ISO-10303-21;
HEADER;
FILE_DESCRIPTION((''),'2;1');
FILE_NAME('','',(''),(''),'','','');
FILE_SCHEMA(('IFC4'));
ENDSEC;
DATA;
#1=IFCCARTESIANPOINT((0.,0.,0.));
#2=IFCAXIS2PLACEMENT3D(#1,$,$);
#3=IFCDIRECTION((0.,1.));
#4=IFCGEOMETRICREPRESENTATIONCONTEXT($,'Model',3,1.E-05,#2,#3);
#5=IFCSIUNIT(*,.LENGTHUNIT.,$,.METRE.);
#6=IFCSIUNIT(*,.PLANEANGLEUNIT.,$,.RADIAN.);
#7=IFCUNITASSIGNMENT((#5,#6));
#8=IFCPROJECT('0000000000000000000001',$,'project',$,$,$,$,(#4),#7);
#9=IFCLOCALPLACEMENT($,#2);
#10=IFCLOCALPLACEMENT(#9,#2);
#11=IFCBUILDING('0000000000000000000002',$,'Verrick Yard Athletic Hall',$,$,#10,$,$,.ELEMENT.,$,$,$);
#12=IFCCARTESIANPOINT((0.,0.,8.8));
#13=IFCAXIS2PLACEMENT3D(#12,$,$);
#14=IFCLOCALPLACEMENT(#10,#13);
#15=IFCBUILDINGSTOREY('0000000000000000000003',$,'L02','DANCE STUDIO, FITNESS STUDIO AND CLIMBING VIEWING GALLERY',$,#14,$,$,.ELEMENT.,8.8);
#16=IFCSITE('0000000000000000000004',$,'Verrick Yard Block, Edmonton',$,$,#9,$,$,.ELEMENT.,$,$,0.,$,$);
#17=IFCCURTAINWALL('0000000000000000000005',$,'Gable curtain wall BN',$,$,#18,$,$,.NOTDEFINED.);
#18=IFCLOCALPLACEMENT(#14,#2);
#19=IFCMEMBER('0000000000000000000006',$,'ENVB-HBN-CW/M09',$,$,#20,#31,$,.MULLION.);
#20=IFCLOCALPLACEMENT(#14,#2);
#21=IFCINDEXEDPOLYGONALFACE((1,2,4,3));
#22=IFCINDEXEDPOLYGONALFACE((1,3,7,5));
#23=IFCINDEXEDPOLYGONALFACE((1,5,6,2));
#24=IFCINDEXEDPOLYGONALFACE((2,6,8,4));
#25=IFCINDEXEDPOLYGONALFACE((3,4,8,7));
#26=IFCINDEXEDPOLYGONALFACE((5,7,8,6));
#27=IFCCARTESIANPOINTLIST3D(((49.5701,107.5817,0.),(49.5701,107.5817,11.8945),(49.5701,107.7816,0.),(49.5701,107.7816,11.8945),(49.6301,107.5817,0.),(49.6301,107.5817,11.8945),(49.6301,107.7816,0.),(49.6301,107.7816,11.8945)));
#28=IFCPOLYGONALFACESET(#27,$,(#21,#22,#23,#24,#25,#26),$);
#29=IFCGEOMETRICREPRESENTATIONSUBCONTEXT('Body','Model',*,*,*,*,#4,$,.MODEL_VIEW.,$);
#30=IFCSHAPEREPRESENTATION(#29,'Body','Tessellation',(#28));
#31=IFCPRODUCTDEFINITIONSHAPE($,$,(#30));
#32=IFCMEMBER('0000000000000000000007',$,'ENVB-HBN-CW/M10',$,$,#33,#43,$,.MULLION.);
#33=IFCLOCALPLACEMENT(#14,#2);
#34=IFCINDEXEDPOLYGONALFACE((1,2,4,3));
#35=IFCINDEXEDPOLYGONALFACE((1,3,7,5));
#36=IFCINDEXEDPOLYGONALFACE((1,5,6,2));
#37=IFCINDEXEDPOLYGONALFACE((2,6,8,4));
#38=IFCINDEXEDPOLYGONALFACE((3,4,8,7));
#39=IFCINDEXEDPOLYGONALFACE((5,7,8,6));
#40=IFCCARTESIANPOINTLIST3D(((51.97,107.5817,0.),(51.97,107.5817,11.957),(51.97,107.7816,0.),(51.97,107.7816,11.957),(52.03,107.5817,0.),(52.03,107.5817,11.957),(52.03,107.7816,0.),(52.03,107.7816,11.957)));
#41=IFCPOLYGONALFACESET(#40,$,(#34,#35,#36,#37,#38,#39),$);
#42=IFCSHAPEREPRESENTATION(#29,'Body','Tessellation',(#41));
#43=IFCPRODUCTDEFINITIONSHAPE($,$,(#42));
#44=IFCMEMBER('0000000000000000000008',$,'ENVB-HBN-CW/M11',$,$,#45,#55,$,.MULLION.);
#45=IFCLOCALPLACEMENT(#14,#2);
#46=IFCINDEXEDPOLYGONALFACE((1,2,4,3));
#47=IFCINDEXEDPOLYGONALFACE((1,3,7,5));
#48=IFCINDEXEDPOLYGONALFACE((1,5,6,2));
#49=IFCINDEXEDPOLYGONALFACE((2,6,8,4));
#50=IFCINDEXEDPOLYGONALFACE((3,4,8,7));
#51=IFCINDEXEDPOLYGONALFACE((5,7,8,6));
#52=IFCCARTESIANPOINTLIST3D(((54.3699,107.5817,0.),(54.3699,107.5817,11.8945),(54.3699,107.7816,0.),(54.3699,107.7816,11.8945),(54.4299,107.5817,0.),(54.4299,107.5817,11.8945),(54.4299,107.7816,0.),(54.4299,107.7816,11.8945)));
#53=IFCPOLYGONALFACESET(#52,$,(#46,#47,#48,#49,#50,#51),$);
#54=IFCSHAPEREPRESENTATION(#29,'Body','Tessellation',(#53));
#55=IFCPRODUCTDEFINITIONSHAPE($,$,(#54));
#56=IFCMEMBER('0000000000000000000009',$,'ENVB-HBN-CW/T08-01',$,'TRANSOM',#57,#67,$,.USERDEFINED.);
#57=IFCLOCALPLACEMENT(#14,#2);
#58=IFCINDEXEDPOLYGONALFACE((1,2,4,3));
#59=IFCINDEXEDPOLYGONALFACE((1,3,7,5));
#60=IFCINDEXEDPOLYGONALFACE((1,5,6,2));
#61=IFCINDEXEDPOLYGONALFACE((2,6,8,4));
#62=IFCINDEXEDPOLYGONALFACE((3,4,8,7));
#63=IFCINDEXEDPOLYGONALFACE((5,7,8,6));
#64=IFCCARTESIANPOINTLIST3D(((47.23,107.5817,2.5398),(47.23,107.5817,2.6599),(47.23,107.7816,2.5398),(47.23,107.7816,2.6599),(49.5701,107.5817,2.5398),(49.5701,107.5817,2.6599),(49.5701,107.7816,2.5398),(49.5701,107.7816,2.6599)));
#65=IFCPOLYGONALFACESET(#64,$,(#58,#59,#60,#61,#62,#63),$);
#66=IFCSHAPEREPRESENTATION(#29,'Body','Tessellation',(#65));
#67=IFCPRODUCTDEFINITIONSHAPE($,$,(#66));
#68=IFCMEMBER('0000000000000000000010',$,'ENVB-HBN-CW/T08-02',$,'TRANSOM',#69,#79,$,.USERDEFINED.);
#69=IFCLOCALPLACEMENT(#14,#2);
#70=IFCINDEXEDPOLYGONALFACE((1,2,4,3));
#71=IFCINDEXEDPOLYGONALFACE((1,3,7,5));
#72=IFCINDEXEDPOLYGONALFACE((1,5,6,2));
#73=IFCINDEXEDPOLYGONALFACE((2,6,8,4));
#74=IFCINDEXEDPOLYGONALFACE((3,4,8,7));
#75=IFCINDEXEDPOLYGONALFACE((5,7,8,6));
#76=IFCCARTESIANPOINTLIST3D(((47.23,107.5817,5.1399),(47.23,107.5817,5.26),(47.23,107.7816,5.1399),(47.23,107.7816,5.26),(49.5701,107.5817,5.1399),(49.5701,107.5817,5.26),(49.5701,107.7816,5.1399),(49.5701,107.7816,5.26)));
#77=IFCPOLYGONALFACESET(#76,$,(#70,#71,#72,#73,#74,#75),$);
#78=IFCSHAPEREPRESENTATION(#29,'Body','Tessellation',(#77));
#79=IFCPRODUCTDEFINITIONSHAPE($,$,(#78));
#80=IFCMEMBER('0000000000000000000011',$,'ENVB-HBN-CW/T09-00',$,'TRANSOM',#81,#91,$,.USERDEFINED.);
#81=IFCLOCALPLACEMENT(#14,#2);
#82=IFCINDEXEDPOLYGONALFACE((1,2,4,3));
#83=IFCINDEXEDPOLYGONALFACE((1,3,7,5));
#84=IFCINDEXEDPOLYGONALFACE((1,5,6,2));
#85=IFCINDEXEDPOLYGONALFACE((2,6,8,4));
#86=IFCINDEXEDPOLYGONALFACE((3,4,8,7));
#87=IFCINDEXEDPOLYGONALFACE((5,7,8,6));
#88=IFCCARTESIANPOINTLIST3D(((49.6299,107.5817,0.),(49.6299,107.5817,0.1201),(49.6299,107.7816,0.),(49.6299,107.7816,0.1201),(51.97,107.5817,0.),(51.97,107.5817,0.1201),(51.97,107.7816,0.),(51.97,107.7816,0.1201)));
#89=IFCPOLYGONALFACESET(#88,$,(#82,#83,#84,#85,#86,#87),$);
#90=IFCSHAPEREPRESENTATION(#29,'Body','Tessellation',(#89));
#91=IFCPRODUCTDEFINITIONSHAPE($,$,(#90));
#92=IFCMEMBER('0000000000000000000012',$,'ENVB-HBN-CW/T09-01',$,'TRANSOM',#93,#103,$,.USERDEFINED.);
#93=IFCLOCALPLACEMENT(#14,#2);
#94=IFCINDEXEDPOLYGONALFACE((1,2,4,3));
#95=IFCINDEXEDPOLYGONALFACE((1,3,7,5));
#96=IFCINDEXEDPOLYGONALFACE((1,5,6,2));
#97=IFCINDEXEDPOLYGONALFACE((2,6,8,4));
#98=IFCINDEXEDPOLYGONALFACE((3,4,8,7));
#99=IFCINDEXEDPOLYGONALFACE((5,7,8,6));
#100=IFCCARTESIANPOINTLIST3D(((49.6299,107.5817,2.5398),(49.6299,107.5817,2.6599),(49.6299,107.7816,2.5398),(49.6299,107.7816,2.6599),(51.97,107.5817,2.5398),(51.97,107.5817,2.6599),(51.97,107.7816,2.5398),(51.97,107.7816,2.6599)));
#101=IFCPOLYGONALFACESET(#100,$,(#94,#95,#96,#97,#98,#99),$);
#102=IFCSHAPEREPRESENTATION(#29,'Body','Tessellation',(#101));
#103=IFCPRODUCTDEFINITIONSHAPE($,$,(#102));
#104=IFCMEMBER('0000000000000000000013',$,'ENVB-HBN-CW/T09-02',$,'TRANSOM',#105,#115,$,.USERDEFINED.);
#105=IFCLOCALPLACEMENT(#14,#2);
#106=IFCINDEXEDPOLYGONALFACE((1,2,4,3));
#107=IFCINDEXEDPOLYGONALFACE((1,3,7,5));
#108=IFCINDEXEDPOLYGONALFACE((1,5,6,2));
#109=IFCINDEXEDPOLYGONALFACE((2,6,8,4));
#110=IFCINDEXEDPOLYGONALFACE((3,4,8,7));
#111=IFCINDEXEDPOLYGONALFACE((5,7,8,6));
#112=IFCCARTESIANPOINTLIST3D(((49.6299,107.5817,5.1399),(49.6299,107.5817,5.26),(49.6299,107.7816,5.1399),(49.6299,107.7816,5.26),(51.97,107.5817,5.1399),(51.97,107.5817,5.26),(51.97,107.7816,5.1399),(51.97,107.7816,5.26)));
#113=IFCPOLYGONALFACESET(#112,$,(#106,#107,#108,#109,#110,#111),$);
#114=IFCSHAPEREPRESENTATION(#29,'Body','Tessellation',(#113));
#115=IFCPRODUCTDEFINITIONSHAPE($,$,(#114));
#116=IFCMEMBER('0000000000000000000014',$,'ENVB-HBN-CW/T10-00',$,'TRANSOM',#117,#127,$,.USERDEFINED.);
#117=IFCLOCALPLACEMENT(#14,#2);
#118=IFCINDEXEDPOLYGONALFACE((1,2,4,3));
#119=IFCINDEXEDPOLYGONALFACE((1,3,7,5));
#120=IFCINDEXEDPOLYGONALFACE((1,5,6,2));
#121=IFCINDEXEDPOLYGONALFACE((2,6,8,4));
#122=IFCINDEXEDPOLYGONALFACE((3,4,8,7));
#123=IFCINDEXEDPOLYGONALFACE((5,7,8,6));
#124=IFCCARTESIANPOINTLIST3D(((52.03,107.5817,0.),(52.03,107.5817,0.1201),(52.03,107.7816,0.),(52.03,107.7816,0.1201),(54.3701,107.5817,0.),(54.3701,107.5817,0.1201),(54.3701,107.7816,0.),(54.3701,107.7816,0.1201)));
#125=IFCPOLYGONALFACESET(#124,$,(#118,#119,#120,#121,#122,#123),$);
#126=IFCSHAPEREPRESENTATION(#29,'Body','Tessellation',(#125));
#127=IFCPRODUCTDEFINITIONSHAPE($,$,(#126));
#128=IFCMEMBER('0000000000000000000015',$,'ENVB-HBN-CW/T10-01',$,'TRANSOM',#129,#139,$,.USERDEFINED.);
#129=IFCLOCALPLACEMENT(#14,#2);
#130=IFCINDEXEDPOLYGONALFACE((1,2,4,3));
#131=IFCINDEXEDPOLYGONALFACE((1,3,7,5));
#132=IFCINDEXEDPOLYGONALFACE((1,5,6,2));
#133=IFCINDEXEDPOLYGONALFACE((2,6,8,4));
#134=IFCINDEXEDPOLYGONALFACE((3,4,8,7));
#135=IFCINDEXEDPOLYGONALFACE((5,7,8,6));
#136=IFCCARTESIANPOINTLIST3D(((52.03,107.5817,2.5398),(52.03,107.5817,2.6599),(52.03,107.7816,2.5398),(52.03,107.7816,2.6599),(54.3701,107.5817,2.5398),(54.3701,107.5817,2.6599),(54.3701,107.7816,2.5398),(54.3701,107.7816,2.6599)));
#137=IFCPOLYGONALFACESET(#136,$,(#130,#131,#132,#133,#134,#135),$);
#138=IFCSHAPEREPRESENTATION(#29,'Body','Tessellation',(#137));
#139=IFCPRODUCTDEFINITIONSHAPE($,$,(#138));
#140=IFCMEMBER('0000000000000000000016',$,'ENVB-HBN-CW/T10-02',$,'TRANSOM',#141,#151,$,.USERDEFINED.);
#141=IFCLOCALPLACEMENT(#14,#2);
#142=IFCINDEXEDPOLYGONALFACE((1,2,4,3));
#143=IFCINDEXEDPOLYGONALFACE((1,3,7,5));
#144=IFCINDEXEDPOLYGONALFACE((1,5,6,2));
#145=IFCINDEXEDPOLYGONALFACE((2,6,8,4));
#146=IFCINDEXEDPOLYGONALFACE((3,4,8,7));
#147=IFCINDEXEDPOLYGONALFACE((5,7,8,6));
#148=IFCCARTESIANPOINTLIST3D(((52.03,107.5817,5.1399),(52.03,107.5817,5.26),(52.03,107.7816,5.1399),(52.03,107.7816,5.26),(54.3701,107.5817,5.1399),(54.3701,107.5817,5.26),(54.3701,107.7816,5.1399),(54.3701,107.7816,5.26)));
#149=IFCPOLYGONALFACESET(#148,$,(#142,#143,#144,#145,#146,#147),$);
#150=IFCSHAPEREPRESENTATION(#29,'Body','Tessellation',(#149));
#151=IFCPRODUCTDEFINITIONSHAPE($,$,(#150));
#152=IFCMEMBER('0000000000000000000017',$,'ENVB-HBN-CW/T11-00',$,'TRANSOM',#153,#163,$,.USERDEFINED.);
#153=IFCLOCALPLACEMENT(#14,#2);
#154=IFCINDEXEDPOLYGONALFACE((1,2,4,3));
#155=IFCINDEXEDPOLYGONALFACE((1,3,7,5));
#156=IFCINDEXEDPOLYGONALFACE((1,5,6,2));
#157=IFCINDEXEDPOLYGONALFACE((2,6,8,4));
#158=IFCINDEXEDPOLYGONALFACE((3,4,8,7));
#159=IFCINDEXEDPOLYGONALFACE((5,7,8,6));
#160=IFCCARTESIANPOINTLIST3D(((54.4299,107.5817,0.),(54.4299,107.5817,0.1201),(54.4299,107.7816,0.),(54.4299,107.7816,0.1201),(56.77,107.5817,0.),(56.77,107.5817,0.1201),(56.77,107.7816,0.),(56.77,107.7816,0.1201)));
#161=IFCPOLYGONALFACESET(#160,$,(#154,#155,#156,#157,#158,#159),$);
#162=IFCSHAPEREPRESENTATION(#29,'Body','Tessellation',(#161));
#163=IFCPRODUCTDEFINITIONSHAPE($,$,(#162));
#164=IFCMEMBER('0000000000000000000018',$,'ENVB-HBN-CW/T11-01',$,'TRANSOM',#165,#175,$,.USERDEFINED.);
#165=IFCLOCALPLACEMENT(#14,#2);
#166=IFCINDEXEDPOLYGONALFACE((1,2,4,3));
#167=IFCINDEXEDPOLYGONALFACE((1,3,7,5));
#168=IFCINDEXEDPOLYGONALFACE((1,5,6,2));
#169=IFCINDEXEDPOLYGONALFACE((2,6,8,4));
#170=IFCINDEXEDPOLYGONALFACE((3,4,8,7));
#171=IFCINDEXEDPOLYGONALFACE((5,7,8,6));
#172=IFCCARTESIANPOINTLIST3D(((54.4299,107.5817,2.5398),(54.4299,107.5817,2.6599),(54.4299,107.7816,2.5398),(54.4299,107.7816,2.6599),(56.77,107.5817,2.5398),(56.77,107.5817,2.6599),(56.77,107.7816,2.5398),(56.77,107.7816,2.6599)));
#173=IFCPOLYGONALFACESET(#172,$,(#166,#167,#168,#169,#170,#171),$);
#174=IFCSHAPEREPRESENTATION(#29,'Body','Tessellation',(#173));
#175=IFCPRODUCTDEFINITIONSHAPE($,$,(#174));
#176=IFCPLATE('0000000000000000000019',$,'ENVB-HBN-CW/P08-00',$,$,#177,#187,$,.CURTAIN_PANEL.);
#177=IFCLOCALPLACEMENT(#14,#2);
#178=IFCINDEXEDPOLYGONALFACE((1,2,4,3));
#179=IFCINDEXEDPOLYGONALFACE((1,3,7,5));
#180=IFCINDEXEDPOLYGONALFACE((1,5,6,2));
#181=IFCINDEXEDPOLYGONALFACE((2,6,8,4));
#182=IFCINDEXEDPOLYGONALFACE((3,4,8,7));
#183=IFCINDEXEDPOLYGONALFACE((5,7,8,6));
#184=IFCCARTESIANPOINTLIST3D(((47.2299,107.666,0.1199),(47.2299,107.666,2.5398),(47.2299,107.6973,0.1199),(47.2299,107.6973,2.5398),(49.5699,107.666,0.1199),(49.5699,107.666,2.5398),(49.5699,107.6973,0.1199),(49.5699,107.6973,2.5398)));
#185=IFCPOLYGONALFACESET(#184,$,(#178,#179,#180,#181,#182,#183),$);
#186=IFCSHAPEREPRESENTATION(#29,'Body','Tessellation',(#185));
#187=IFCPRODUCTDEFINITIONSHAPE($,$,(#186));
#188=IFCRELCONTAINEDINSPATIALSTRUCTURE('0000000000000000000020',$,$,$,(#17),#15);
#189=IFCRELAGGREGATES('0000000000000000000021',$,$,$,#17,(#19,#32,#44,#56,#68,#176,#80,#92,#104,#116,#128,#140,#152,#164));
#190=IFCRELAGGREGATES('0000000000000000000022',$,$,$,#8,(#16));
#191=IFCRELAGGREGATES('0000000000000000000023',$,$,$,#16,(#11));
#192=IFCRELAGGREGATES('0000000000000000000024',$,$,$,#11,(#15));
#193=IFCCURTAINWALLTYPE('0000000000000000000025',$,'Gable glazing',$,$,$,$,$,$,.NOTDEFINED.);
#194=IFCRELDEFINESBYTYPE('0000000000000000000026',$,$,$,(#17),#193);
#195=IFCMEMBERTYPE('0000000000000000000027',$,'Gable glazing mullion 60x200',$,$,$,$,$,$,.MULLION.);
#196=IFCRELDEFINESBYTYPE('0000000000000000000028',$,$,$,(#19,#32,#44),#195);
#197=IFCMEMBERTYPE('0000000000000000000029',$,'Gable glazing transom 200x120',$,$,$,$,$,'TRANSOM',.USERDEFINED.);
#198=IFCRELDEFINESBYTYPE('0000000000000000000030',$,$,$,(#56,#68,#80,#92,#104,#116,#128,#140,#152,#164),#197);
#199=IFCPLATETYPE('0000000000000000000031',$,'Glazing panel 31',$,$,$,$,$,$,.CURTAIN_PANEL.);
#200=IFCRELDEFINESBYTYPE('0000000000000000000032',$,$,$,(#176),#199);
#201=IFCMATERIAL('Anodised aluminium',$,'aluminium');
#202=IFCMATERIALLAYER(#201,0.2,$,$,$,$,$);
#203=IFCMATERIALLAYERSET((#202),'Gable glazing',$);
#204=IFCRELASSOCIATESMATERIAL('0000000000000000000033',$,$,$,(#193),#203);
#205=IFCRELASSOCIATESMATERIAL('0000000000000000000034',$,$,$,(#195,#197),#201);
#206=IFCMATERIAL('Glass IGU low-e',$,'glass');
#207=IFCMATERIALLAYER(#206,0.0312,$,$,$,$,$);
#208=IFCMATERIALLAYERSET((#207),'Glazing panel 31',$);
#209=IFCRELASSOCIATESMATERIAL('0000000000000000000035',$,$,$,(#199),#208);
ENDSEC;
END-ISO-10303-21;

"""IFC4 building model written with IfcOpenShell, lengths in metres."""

from ifc_helpers import new_model, si_unit, direction, frame, origin, origin_2d, place, context, subcontext, project, spatial, rectangle, extrude, material, layer, layer_set, material_profile, profile_set, type_object, element, aggregate, save


model = new_model("IFC4")

# Units and contexts
model_context = context("Model", 3, precision=1e-05, world=origin(), true_north=direction((0.0, 1.0)))
body_context = subcontext(model_context, "Body", "Model", "MODEL_VIEW")
ifc_project = project(units=[si_unit("LENGTHUNIT", "METRE"), si_unit("PLANEANGLEUNIT", "RADIAN")], contexts=[model_context])

# Site, building, storey
site_placement = place(None, origin())
site = spatial("IfcSite", under=ifc_project, at=site_placement, Name="Verrick Yard Block, Edmonton", CompositionType="ELEMENT", RefElevation=0.0)
building_placement = place(site_placement, origin())
building = spatial("IfcBuilding", under=site, at=building_placement, Name="Verrick Yard Athletic Hall", CompositionType="ELEMENT")
storey_placement = place(building_placement, frame((0.0, 0.0, 8.8)))
storey = spatial("IfcBuildingStorey", under=building, at=storey_placement, Name="L02", Description="DANCE STUDIO, FITNESS STUDIO AND CLIMBING VIEWING GALLERY", CompositionType="ELEMENT", Elevation=8.8)

# Curtain wall, members, plate
ifc_material_1 = material(Name="Anodised aluminium", Category="aluminium")
ifc_layer_1 = layer(ifc_material_1, 0.2)
ifc_layer_set_1 = layer_set([ifc_layer_1], Name="Gable glazing")
curtain_wall_type = type_object("IfcCurtainWallType", Name="Gable glazing", PredefinedType="NOTDEFINED", material=ifc_layer_set_1)
curtain_wall_placement = place(storey_placement, origin())
curtain_wall = element("IfcCurtainWall", 1, at=curtain_wall_placement, inside=storey, type_object=curtain_wall_type, Name="Gable curtain wall BN", PredefinedType="NOTDEFINED")
ifc_material_profile_1 = material_profile(ifc_material_1, rectangle(XDim=0.2, YDim=0.0601, at=origin_2d()), Name="CW gable mullion 60x200")
ifc_profile_set_1 = profile_set([ifc_material_profile_1], Name="Anodised aluminium")
member_type_1 = type_object("IfcMemberType", Name="Gable glazing mullion 60x200", PredefinedType="MULLION", material=ifc_profile_set_1)
member_1_placement = place(storey_placement, frame((49.6001, 107.6816, 0.0), z_axis=(0.0, 0.0, 1.0), x_axis=(0.0, 1.0, 0.0)))
member_1 = element("IfcMember", 2, at=member_1_placement, type_object=member_type_1, Name="ENVB-HBN-CW/M09", PredefinedType="MULLION", context=body_context, shape_type="SweptSolid", body=[
    extrude(rectangle(XDim=0.2, YDim=0.0601, at=origin_2d()), origin(), (0.0, 0.0, 1.0), 11.8945),
])
member_2_placement = place(storey_placement, frame((52.0, 107.6816, 0.0), z_axis=(0.0, 0.0, 1.0), x_axis=(0.0, 1.0, 0.0)))
member_2 = element("IfcMember", 3, at=member_2_placement, type_object=member_type_1, Name="ENVB-HBN-CW/M10", PredefinedType="MULLION", context=body_context, shape_type="SweptSolid", body=[
    extrude(rectangle(XDim=0.2, YDim=0.0601, at=origin_2d()), origin(), (0.0, 0.0, 1.0), 11.957),
])
member_3_placement = place(storey_placement, frame((54.3999, 107.6816, 0.0), z_axis=(0.0, 0.0, 1.0), x_axis=(0.0, 1.0, 0.0)))
member_3 = element("IfcMember", 4, at=member_3_placement, type_object=member_type_1, Name="ENVB-HBN-CW/M11", PredefinedType="MULLION", context=body_context, shape_type="SweptSolid", body=[
    extrude(rectangle(XDim=0.2, YDim=0.0601, at=origin_2d()), origin(), (0.0, 0.0, 1.0), 11.8945),
])
ifc_material_profile_2 = material_profile(ifc_material_1, rectangle(XDim=0.2, YDim=0.1201, at=origin_2d()), Name="CW gable transom 200x120")
ifc_profile_set_2 = profile_set([ifc_material_profile_2], Name="Anodised aluminium")
member_type_2 = type_object("IfcMemberType", Name="Gable glazing transom 200x120", ElementType="TRANSOM", PredefinedType="USERDEFINED", material=ifc_profile_set_2)
member_4_placement = place(storey_placement, frame((47.23, 107.6816, 2.5999), z_axis=(1.0, 0.0, 0.0), x_axis=(0.0, 1.0, 0.0)))
member_4 = element("IfcMember", 5, at=member_4_placement, type_object=member_type_2, Name="ENVB-HBN-CW/T08-01", ObjectType="TRANSOM", PredefinedType="USERDEFINED", context=body_context, shape_type="SweptSolid", body=[
    extrude(rectangle(XDim=0.2, YDim=0.1201, at=origin_2d()), origin(), (0.0, 0.0, 1.0), 2.3401),
])
member_5_placement = place(storey_placement, frame((47.23, 107.6816, 5.2), z_axis=(1.0, 0.0, 0.0), x_axis=(0.0, 1.0, 0.0)))
member_5 = element("IfcMember", 6, at=member_5_placement, type_object=member_type_2, Name="ENVB-HBN-CW/T08-02", ObjectType="TRANSOM", PredefinedType="USERDEFINED", context=body_context, shape_type="SweptSolid", body=[
    extrude(rectangle(XDim=0.2, YDim=0.1201, at=origin_2d()), origin(), (0.0, 0.0, 1.0), 2.3401),
])
member_6_placement = place(storey_placement, frame((49.6299, 107.6816, 0.0601), z_axis=(1.0, 0.0, 0.0), x_axis=(0.0, 1.0, 0.0)))
member_6 = element("IfcMember", 7, at=member_6_placement, type_object=member_type_2, Name="ENVB-HBN-CW/T09-00", ObjectType="TRANSOM", PredefinedType="USERDEFINED", context=body_context, shape_type="SweptSolid", body=[
    extrude(rectangle(XDim=0.2, YDim=0.1201, at=origin_2d()), origin(), (0.0, 0.0, 1.0), 2.3401),
])
member_7_placement = place(storey_placement, frame((49.6299, 107.6816, 2.5999), z_axis=(1.0, 0.0, 0.0), x_axis=(0.0, 1.0, 0.0)))
member_7 = element("IfcMember", 8, at=member_7_placement, type_object=member_type_2, Name="ENVB-HBN-CW/T09-01", ObjectType="TRANSOM", PredefinedType="USERDEFINED", context=body_context, shape_type="SweptSolid", body=[
    extrude(rectangle(XDim=0.2, YDim=0.1201, at=origin_2d()), origin(), (0.0, 0.0, 1.0), 2.3401),
])
member_8_placement = place(storey_placement, frame((49.6299, 107.6816, 5.2), z_axis=(1.0, 0.0, 0.0), x_axis=(0.0, 1.0, 0.0)))
member_8 = element("IfcMember", 9, at=member_8_placement, type_object=member_type_2, Name="ENVB-HBN-CW/T09-02", ObjectType="TRANSOM", PredefinedType="USERDEFINED", context=body_context, shape_type="SweptSolid", body=[
    extrude(rectangle(XDim=0.2, YDim=0.1201, at=origin_2d()), origin(), (0.0, 0.0, 1.0), 2.3401),
])
member_9_placement = place(storey_placement, frame((52.03, 107.6816, 0.0601), z_axis=(1.0, 0.0, 0.0), x_axis=(0.0, 1.0, 0.0)))
member_9 = element("IfcMember", 10, at=member_9_placement, type_object=member_type_2, Name="ENVB-HBN-CW/T10-00", ObjectType="TRANSOM", PredefinedType="USERDEFINED", context=body_context, shape_type="SweptSolid", body=[
    extrude(rectangle(XDim=0.2, YDim=0.1201, at=origin_2d()), origin(), (0.0, 0.0, 1.0), 2.3401),
])
member_10_placement = place(storey_placement, frame((52.03, 107.6816, 2.5999), z_axis=(1.0, 0.0, 0.0), x_axis=(0.0, 1.0, 0.0)))
member_10 = element("IfcMember", 11, at=member_10_placement, type_object=member_type_2, Name="ENVB-HBN-CW/T10-01", ObjectType="TRANSOM", PredefinedType="USERDEFINED", context=body_context, shape_type="SweptSolid", body=[
    extrude(rectangle(XDim=0.2, YDim=0.1201, at=origin_2d()), origin(), (0.0, 0.0, 1.0), 2.3401),
])
member_11_placement = place(storey_placement, frame((52.03, 107.6816, 5.2), z_axis=(1.0, 0.0, 0.0), x_axis=(0.0, 1.0, 0.0)))
member_11 = element("IfcMember", 12, at=member_11_placement, type_object=member_type_2, Name="ENVB-HBN-CW/T10-02", ObjectType="TRANSOM", PredefinedType="USERDEFINED", context=body_context, shape_type="SweptSolid", body=[
    extrude(rectangle(XDim=0.2, YDim=0.1201, at=origin_2d()), origin(), (0.0, 0.0, 1.0), 2.3401),
])
member_12_placement = place(storey_placement, frame((54.4299, 107.6816, 0.0601), z_axis=(1.0, 0.0, 0.0), x_axis=(0.0, 1.0, 0.0)))
member_12 = element("IfcMember", 13, at=member_12_placement, type_object=member_type_2, Name="ENVB-HBN-CW/T11-00", ObjectType="TRANSOM", PredefinedType="USERDEFINED", context=body_context, shape_type="SweptSolid", body=[
    extrude(rectangle(XDim=0.2, YDim=0.1201, at=origin_2d()), origin(), (0.0, 0.0, 1.0), 2.3401),
])
member_13_placement = place(storey_placement, frame((54.4299, 107.6816, 2.5999), z_axis=(1.0, 0.0, 0.0), x_axis=(0.0, 1.0, 0.0)))
member_13 = element("IfcMember", 14, at=member_13_placement, type_object=member_type_2, Name="ENVB-HBN-CW/T11-01", ObjectType="TRANSOM", PredefinedType="USERDEFINED", context=body_context, shape_type="SweptSolid", body=[
    extrude(rectangle(XDim=0.2, YDim=0.1201, at=origin_2d()), origin(), (0.0, 0.0, 1.0), 2.3401),
])
ifc_material_2 = material(Name="Glass IGU low-e", Category="glass")
ifc_layer_2 = layer(ifc_material_2, 0.0312)
ifc_layer_set_2 = layer_set([ifc_layer_2], Name="Glazing panel 31")
plate_type = type_object("IfcPlateType", Name="Glazing panel 31", PredefinedType="CURTAIN_PANEL", material=ifc_layer_set_2)
plate_1_placement = place(storey_placement, frame((48.3999, 107.6816, 0.1199), z_axis=(0.0, 0.0, 1.0), x_axis=(1.0, 0.0, 0.0)))
plate_1 = element("IfcPlate", 15, at=plate_1_placement, type_object=plate_type, Name="ENVB-HBN-CW/P08-00", PredefinedType="CURTAIN_PANEL", context=body_context, shape_type="SweptSolid", body=[
    extrude(rectangle(XDim=2.3401, YDim=0.0312, at=origin_2d()), origin(), (0.0, 0.0, 1.0), 2.4199),
])
aggregate(curtain_wall, [member_1, member_2, member_3, member_4, member_5, plate_1, member_6, member_7, member_8, member_9, member_10, member_11, member_12, member_13])

save(model, "model.ifc")
